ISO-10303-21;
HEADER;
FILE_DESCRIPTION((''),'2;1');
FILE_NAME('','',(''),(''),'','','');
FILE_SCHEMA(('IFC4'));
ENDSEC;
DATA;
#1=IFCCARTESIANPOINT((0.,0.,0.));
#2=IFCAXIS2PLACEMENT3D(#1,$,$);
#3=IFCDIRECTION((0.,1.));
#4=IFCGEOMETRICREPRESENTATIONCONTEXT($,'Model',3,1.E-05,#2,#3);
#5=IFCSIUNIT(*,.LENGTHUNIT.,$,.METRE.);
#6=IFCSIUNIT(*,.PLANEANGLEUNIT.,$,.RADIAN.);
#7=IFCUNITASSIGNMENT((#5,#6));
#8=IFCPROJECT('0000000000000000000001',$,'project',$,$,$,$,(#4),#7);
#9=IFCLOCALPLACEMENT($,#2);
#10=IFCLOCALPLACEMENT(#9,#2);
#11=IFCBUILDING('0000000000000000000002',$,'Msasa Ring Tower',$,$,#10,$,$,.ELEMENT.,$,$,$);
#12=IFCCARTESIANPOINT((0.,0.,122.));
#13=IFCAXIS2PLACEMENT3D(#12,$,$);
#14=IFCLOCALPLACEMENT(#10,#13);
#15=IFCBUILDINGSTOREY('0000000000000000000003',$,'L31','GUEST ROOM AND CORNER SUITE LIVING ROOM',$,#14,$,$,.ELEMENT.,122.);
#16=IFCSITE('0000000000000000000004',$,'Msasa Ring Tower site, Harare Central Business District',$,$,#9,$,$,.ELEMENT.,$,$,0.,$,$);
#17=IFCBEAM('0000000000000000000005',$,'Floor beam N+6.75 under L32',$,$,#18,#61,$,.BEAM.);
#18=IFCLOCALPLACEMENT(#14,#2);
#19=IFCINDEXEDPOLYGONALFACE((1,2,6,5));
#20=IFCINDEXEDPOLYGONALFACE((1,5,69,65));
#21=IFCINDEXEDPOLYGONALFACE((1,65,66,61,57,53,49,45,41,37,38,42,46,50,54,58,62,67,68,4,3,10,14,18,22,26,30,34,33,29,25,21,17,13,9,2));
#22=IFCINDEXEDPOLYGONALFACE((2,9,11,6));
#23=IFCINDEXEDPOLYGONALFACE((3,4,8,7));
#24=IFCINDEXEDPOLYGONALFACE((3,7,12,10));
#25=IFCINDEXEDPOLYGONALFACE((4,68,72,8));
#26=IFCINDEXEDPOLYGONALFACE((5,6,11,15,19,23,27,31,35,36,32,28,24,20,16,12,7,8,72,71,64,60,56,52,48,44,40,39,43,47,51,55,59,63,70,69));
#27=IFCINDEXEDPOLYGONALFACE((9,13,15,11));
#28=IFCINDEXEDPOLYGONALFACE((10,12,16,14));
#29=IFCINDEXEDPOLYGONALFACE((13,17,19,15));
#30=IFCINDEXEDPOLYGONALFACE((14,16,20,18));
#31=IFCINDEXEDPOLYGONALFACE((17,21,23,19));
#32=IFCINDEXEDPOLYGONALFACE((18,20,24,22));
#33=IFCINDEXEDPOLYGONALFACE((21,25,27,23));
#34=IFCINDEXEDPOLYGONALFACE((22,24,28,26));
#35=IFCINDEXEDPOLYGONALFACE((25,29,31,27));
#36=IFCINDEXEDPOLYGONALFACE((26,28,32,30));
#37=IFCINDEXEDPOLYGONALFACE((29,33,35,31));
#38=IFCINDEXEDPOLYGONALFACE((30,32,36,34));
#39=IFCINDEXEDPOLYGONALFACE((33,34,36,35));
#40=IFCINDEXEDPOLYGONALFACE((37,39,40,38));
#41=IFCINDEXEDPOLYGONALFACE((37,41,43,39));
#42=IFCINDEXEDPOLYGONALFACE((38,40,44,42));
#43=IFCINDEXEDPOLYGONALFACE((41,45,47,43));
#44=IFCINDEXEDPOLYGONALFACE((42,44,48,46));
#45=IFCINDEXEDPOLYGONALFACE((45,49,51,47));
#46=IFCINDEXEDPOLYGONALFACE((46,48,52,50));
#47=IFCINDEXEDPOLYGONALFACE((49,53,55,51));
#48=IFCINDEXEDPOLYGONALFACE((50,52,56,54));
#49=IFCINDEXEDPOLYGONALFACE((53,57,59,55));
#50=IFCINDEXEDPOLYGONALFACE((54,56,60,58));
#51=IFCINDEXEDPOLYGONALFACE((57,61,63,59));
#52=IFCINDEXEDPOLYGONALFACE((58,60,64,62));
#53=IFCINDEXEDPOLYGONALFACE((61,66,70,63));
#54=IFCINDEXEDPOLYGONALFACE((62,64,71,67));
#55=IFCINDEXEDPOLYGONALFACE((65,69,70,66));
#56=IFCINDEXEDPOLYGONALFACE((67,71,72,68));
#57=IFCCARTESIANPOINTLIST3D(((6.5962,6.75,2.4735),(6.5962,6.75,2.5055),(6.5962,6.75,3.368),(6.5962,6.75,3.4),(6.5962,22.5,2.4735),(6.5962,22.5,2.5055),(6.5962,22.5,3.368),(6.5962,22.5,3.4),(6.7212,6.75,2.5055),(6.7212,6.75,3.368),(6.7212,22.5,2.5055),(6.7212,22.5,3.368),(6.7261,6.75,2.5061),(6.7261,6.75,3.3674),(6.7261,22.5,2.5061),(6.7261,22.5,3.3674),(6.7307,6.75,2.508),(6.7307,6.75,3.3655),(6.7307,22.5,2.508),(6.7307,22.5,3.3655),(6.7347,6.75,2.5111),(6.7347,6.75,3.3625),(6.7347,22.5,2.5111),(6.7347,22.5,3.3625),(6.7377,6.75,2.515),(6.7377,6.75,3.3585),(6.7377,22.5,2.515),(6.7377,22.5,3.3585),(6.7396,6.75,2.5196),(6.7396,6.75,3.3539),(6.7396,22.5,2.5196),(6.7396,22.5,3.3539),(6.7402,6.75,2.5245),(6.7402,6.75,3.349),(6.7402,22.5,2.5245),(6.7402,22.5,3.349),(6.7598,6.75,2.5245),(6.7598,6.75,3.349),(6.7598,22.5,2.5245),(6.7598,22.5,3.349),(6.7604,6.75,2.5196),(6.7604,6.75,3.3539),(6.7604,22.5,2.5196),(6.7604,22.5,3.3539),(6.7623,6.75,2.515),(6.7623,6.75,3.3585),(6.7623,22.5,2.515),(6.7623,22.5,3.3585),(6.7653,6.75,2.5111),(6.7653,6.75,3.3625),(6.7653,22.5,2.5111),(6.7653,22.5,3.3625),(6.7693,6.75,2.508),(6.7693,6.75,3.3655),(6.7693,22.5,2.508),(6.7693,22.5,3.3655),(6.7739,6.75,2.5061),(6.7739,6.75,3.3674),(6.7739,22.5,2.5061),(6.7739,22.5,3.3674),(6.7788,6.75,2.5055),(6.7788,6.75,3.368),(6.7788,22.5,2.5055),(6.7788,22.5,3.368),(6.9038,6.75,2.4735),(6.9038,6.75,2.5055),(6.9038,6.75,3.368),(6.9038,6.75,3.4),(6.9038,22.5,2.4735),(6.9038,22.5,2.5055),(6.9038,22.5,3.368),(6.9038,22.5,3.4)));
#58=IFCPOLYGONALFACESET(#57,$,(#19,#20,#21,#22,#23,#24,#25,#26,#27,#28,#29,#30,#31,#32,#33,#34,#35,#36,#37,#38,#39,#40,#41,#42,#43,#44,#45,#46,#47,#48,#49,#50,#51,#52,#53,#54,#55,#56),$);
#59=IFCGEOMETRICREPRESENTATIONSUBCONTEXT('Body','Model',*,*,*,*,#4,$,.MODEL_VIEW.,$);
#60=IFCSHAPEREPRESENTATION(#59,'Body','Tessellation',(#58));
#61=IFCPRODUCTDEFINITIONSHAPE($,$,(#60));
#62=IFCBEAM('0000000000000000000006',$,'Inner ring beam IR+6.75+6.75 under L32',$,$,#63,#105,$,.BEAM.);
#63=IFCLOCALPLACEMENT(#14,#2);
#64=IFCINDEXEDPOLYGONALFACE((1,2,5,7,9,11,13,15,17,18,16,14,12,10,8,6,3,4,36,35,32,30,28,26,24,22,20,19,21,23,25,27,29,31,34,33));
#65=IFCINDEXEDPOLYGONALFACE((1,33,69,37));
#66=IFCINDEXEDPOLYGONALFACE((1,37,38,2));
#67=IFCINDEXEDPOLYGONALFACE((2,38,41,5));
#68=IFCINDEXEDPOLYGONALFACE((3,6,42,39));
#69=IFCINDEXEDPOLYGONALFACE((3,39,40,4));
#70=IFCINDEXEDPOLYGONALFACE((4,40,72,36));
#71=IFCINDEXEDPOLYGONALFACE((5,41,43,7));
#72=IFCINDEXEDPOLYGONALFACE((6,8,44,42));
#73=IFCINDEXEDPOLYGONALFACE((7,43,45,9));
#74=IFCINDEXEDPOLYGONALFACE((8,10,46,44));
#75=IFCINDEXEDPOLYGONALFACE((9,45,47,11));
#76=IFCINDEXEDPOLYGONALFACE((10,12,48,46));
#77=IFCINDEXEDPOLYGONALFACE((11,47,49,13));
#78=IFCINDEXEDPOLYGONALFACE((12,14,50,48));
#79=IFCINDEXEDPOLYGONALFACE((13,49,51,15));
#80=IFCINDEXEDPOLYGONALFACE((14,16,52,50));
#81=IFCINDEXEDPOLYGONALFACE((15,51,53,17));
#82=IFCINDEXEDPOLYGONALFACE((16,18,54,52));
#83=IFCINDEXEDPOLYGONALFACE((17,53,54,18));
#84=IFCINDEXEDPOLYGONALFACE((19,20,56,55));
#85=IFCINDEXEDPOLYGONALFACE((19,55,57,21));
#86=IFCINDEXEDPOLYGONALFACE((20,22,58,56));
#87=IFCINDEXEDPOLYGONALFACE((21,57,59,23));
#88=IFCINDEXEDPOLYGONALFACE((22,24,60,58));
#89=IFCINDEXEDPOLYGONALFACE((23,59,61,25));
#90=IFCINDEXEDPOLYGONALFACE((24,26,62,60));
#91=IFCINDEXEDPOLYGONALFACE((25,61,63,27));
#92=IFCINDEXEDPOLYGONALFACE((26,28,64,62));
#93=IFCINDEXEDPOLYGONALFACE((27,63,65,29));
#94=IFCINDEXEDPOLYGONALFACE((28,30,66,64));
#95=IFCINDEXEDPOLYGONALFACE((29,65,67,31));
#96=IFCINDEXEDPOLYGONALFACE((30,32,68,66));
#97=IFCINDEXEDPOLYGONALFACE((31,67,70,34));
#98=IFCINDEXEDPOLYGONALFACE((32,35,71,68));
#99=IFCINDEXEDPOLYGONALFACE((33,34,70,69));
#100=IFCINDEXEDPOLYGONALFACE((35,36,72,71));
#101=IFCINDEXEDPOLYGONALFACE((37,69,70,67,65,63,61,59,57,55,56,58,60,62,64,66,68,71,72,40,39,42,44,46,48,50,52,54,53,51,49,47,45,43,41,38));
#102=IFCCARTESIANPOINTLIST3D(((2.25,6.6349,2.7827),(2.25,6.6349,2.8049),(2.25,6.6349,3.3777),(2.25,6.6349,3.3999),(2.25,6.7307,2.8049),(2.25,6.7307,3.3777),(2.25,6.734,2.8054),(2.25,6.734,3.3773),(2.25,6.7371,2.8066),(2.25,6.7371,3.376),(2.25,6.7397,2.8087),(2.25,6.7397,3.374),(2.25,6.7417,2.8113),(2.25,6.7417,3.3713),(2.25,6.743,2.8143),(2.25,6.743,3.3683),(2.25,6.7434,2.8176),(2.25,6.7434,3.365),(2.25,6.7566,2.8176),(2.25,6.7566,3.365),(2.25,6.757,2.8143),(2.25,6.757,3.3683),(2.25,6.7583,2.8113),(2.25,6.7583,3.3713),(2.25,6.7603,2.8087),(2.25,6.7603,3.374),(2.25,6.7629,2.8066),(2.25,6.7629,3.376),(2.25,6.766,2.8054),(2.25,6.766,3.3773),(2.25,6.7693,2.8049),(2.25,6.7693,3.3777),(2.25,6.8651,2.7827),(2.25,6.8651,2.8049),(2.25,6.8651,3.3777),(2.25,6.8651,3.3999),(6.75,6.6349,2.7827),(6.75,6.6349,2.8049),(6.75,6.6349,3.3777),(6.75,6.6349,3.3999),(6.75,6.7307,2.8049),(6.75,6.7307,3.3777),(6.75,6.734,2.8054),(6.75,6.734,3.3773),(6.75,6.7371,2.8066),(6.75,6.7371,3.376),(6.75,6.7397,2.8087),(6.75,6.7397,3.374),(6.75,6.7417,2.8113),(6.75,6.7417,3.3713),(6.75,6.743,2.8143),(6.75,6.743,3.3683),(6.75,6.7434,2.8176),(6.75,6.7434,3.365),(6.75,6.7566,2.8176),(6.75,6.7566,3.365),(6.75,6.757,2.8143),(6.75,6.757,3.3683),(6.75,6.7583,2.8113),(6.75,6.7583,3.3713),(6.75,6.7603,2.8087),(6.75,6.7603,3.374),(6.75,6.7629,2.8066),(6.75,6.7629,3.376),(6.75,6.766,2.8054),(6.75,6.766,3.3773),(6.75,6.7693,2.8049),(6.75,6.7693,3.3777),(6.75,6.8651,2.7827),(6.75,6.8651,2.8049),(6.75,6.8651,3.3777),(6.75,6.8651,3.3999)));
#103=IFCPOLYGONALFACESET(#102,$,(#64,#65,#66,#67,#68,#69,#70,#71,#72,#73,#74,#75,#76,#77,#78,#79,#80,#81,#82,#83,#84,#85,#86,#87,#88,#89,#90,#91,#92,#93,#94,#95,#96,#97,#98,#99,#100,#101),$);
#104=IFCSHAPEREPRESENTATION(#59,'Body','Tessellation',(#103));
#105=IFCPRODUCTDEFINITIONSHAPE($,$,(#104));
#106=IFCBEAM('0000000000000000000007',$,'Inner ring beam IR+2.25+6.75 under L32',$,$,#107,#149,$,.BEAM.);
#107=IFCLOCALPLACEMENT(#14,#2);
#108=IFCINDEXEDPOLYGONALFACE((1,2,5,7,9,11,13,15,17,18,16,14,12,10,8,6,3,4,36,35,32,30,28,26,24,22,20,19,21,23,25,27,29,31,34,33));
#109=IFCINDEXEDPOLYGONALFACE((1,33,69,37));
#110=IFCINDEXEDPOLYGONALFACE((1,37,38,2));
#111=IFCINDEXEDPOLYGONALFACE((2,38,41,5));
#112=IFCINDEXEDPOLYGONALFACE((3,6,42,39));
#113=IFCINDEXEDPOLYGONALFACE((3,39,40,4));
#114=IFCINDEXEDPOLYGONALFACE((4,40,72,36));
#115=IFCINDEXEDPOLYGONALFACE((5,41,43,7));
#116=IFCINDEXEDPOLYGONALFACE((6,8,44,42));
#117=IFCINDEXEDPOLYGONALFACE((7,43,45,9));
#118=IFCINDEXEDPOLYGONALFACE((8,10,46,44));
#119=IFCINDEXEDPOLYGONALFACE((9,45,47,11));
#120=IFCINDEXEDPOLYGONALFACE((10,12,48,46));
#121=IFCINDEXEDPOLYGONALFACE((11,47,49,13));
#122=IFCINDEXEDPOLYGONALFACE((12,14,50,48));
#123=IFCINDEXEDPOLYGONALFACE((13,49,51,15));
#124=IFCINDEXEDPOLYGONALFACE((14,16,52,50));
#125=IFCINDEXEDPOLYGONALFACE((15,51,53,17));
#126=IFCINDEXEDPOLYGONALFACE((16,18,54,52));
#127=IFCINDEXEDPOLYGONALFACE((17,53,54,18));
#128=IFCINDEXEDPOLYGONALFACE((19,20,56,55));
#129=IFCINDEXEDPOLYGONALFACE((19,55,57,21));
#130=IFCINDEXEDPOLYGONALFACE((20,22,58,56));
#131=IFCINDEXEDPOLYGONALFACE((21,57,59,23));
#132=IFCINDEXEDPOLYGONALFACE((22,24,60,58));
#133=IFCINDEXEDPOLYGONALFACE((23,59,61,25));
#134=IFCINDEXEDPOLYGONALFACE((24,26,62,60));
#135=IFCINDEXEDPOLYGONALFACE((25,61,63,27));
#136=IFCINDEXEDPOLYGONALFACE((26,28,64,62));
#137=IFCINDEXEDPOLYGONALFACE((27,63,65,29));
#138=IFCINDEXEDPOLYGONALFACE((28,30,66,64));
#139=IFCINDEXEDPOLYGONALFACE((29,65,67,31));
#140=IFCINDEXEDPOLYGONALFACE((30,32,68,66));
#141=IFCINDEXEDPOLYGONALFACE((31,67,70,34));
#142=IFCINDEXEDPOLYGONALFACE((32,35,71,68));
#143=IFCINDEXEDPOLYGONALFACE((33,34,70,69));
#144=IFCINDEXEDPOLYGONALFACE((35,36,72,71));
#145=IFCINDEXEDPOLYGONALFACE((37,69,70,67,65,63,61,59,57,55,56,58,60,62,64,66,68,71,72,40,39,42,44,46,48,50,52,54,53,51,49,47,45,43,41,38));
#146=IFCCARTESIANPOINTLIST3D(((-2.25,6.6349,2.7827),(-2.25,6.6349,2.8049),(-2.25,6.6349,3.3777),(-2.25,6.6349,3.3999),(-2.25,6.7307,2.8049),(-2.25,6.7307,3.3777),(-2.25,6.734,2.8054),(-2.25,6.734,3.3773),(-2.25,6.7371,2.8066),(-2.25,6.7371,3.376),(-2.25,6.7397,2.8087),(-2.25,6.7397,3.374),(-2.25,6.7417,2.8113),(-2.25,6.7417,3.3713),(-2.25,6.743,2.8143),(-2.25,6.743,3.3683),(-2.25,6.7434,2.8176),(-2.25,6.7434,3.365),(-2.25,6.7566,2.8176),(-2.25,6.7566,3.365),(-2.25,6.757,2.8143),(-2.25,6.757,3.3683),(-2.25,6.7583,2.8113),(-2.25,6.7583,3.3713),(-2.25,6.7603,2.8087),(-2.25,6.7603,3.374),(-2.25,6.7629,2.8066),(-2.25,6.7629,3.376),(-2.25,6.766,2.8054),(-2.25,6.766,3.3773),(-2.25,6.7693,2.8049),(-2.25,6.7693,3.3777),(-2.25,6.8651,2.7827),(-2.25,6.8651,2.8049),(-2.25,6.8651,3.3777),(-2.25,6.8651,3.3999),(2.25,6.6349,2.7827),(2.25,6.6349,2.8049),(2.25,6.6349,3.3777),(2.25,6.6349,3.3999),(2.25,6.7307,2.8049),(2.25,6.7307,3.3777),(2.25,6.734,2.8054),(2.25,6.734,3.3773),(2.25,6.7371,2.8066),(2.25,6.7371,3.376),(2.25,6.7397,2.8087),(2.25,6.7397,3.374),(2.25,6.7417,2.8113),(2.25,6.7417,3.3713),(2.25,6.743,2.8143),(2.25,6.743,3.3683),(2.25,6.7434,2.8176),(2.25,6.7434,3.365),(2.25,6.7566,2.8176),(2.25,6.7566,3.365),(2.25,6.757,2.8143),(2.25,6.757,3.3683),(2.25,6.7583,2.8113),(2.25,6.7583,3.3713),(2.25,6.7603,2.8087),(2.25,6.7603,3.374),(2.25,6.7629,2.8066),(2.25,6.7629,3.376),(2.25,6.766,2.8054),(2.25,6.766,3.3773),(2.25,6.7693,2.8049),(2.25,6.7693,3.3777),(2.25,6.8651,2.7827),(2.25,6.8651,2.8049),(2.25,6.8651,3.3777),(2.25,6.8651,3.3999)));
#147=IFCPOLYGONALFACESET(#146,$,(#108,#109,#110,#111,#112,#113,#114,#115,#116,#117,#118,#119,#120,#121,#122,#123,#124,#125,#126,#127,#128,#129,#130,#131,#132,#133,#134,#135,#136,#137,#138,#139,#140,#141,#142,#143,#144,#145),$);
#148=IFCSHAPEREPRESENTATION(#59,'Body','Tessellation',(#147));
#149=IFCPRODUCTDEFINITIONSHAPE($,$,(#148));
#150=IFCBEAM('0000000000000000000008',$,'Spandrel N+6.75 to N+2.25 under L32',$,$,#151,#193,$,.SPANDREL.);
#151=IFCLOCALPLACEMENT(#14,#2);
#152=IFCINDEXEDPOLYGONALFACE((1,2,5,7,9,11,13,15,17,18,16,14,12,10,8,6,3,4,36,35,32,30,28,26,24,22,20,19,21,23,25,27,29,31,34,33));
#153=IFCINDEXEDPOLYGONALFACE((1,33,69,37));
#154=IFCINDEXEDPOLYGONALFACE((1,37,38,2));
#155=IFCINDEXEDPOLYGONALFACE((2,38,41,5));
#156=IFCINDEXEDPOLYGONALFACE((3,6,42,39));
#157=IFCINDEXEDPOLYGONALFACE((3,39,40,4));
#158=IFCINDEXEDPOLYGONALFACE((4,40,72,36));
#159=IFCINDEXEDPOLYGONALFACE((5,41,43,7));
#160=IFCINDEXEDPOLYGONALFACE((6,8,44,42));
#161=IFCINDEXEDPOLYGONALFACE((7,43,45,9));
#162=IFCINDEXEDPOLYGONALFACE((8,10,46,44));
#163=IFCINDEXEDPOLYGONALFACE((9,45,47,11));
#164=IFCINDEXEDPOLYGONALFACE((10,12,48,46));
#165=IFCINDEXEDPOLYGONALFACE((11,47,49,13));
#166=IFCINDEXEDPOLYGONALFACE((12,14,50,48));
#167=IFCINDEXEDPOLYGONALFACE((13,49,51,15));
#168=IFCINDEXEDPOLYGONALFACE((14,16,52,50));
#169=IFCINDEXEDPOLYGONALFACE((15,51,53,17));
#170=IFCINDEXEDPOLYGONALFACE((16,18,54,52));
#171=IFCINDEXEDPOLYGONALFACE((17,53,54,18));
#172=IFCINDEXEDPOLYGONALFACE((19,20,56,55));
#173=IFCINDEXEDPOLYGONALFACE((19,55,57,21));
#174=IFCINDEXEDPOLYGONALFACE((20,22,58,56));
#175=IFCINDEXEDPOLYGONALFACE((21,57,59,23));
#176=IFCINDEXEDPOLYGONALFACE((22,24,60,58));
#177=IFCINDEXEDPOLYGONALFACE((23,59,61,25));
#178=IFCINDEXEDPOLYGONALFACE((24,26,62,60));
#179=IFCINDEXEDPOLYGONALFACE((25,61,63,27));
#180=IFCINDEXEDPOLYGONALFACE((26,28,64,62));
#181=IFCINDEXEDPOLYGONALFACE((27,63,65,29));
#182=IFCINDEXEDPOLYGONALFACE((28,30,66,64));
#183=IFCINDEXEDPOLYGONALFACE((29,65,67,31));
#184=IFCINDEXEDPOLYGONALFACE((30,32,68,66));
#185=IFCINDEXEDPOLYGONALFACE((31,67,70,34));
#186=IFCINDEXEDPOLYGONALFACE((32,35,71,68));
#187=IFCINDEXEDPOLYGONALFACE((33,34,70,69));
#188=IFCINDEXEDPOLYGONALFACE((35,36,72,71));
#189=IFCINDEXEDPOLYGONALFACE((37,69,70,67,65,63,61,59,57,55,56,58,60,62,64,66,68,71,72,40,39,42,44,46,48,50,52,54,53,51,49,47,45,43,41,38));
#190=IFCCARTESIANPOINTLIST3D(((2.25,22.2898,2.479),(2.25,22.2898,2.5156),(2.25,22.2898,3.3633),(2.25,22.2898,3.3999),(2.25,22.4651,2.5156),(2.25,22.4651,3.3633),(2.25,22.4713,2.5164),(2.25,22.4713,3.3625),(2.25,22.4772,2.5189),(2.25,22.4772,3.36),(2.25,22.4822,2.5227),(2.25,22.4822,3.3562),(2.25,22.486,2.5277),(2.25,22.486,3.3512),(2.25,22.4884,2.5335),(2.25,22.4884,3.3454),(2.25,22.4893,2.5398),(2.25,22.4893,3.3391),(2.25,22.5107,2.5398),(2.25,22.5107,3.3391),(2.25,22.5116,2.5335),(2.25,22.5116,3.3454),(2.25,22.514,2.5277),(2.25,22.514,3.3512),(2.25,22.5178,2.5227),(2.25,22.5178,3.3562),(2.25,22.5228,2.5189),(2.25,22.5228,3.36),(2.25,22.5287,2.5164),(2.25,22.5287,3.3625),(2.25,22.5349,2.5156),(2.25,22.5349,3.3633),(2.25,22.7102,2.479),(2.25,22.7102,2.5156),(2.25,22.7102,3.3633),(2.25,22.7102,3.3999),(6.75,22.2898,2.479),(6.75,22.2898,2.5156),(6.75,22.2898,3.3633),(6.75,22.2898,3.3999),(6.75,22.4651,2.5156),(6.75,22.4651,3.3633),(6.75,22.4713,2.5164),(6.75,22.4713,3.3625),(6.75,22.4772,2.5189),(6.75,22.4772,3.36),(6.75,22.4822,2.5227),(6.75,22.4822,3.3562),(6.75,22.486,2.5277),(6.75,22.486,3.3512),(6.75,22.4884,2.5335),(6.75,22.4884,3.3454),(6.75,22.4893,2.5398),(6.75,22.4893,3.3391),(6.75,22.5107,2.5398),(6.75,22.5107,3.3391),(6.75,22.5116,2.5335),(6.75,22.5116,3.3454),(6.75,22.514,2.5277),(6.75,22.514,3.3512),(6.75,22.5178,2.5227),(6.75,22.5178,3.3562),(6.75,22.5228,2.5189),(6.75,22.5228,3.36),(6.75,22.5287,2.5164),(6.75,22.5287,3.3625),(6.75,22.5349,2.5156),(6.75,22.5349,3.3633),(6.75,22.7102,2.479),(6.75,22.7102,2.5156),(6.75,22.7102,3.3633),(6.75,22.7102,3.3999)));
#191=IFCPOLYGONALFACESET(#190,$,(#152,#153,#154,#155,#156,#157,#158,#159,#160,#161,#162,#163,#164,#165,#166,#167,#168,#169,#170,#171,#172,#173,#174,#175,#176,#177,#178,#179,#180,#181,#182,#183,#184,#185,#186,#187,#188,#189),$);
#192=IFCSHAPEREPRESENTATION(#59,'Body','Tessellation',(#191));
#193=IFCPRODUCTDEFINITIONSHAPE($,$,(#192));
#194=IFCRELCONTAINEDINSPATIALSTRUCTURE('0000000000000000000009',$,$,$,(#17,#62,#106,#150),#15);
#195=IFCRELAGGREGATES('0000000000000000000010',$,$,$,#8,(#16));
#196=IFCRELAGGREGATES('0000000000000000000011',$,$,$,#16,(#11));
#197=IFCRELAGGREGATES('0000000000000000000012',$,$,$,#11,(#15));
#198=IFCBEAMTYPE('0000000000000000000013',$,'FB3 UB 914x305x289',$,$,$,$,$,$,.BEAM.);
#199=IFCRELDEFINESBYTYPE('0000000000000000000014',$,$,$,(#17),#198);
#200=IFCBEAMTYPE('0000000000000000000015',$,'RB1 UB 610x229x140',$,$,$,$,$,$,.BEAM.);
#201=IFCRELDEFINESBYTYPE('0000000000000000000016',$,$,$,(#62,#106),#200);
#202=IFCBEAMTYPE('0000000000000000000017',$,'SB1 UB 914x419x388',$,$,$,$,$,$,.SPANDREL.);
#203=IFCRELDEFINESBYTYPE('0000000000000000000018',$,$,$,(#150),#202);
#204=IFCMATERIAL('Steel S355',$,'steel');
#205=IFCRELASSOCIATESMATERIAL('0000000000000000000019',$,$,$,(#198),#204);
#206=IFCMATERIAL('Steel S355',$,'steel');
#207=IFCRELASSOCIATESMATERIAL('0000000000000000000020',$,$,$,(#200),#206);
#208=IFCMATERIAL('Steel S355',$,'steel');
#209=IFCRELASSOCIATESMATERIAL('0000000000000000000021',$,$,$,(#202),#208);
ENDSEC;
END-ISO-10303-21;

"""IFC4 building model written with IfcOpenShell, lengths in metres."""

from ifc_helpers import new_model, si_unit, direction, frame, origin, origin_2d, place, context, subcontext, project, spatial, i_section, extrude, material, material_profile, profile_set, type_object, element, save


model = new_model("IFC4")

# Units and contexts
model_context = context("Model", 3, precision=1e-05, world=origin(), true_north=direction((0.0, 1.0)))
body_context = subcontext(model_context, "Body", "Model", "MODEL_VIEW")
ifc_project = project(units=[si_unit("LENGTHUNIT", "METRE"), si_unit("PLANEANGLEUNIT", "RADIAN")], contexts=[model_context])

# Site, building, storey
site_placement = place(None, origin())
site = spatial("IfcSite", under=ifc_project, at=site_placement, Name="Msasa Ring Tower site, Harare Central Business District", CompositionType="ELEMENT", RefElevation=0.0)
building_placement = place(site_placement, origin())
building = spatial("IfcBuilding", under=site, at=building_placement, Name="Msasa Ring Tower", CompositionType="ELEMENT")
storey_placement = place(building_placement, frame((0.0, 0.0, 122.0)))
storey = spatial("IfcBuildingStorey", under=building, at=storey_placement, Name="L31", Description="GUEST ROOM AND CORNER SUITE LIVING ROOM", CompositionType="ELEMENT", Elevation=122.0)

# Beams
ifc_material_1 = material(Name="Steel S355", Category="steel")
ifc_material_profile_1 = material_profile(ifc_material_1, i_section(OverallWidth=0.3076, OverallDepth=0.9265, WebThickness=0.0195, FlangeThickness=0.032, FilletRadius=0.019, at=origin_2d()), Name="UB 914x305x289")
ifc_profile_set_1 = profile_set([ifc_material_profile_1], Name="Steel S355")
beam_type_1 = type_object("IfcBeamType", Name="FB3 UB 914x305x289", PredefinedType="BEAM", material=ifc_profile_set_1)
for number, where, z_axis, x_axis, name in (
    (1, (6.75, 22.5, 2.9368), (0.0, -1.0, 0.0), (1.0, 0.0, 0.0), "Floor beam N+6.75 under L32"),
):
    element("IfcBeam", number, at=place(storey_placement, frame(where, z_axis=z_axis, x_axis=x_axis)), inside=storey, type_object=beam_type_1, Name=name, PredefinedType="BEAM", context=body_context, shape_type="SweptSolid", body=[
        extrude(i_section(OverallWidth=0.3076, OverallDepth=0.9265, WebThickness=0.0195, FlangeThickness=0.032, FilletRadius=0.019, at=origin_2d()), origin(), (0.0, 0.0, 1.0), 15.75),
    ])
ifc_material_2 = material(Name="Steel S355", Category="steel")
ifc_material_profile_2 = material_profile(ifc_material_2, i_section(OverallWidth=0.2302, OverallDepth=0.6172, WebThickness=0.0132, FlangeThickness=0.0222, FilletRadius=0.0127, at=origin_2d()), Name="UB 610x229x140")
ifc_profile_set_2 = profile_set([ifc_material_profile_2], Name="Steel S355")
beam_type_2 = type_object("IfcBeamType", Name="RB1 UB 610x229x140", PredefinedType="BEAM", material=ifc_profile_set_2)
for number, where, z_axis, x_axis, name in (
    (2, (6.75, 6.75, 3.0913), (-1.0, 0.0, 0.0), (0.0, -1.0, 0.0), "Inner ring beam IR+6.75+6.75 under L32"),
    (3, (2.25, 6.75, 3.0913), (-1.0, 0.0, 0.0), (0.0, -1.0, 0.0), "Inner ring beam IR+2.25+6.75 under L32"),
):
    element("IfcBeam", number, at=place(storey_placement, frame(where, z_axis=z_axis, x_axis=x_axis)), inside=storey, type_object=beam_type_2, Name=name, PredefinedType="BEAM", context=body_context, shape_type="SweptSolid", body=[
        extrude(i_section(OverallWidth=0.2302, OverallDepth=0.6172, WebThickness=0.0132, FlangeThickness=0.0222, FilletRadius=0.0127, at=origin_2d()), origin(), (0.0, 0.0, 1.0), 4.5),
    ])
ifc_material_3 = material(Name="Steel S355", Category="steel")
ifc_material_profile_3 = material_profile(ifc_material_3, i_section(OverallWidth=0.4204, OverallDepth=0.9209, WebThickness=0.0215, FlangeThickness=0.0366, FilletRadius=0.0242, at=origin_2d()), Name="UB 914x419x388")
ifc_profile_set_3 = profile_set([ifc_material_profile_3], Name="Steel S355")
beam_type_3 = type_object("IfcBeamType", Name="SB1 UB 914x419x388", PredefinedType="SPANDREL", material=ifc_profile_set_3)
for number, where, z_axis, x_axis, name in (
    (4, (6.75, 22.5, 2.9395), (-1.0, 0.0, 0.0), (0.0, -1.0, 0.0), "Spandrel N+6.75 to N+2.25 under L32"),
):
    element("IfcBeam", number, at=place(storey_placement, frame(where, z_axis=z_axis, x_axis=x_axis)), inside=storey, type_object=beam_type_3, Name=name, PredefinedType="SPANDREL", context=body_context, shape_type="SweptSolid", body=[
        extrude(i_section(OverallWidth=0.4204, OverallDepth=0.9209, WebThickness=0.0215, FlangeThickness=0.0366, FilletRadius=0.0242, at=origin_2d()), origin(), (0.0, 0.0, 1.0), 4.5),
    ])

save(model, "model.ifc")
